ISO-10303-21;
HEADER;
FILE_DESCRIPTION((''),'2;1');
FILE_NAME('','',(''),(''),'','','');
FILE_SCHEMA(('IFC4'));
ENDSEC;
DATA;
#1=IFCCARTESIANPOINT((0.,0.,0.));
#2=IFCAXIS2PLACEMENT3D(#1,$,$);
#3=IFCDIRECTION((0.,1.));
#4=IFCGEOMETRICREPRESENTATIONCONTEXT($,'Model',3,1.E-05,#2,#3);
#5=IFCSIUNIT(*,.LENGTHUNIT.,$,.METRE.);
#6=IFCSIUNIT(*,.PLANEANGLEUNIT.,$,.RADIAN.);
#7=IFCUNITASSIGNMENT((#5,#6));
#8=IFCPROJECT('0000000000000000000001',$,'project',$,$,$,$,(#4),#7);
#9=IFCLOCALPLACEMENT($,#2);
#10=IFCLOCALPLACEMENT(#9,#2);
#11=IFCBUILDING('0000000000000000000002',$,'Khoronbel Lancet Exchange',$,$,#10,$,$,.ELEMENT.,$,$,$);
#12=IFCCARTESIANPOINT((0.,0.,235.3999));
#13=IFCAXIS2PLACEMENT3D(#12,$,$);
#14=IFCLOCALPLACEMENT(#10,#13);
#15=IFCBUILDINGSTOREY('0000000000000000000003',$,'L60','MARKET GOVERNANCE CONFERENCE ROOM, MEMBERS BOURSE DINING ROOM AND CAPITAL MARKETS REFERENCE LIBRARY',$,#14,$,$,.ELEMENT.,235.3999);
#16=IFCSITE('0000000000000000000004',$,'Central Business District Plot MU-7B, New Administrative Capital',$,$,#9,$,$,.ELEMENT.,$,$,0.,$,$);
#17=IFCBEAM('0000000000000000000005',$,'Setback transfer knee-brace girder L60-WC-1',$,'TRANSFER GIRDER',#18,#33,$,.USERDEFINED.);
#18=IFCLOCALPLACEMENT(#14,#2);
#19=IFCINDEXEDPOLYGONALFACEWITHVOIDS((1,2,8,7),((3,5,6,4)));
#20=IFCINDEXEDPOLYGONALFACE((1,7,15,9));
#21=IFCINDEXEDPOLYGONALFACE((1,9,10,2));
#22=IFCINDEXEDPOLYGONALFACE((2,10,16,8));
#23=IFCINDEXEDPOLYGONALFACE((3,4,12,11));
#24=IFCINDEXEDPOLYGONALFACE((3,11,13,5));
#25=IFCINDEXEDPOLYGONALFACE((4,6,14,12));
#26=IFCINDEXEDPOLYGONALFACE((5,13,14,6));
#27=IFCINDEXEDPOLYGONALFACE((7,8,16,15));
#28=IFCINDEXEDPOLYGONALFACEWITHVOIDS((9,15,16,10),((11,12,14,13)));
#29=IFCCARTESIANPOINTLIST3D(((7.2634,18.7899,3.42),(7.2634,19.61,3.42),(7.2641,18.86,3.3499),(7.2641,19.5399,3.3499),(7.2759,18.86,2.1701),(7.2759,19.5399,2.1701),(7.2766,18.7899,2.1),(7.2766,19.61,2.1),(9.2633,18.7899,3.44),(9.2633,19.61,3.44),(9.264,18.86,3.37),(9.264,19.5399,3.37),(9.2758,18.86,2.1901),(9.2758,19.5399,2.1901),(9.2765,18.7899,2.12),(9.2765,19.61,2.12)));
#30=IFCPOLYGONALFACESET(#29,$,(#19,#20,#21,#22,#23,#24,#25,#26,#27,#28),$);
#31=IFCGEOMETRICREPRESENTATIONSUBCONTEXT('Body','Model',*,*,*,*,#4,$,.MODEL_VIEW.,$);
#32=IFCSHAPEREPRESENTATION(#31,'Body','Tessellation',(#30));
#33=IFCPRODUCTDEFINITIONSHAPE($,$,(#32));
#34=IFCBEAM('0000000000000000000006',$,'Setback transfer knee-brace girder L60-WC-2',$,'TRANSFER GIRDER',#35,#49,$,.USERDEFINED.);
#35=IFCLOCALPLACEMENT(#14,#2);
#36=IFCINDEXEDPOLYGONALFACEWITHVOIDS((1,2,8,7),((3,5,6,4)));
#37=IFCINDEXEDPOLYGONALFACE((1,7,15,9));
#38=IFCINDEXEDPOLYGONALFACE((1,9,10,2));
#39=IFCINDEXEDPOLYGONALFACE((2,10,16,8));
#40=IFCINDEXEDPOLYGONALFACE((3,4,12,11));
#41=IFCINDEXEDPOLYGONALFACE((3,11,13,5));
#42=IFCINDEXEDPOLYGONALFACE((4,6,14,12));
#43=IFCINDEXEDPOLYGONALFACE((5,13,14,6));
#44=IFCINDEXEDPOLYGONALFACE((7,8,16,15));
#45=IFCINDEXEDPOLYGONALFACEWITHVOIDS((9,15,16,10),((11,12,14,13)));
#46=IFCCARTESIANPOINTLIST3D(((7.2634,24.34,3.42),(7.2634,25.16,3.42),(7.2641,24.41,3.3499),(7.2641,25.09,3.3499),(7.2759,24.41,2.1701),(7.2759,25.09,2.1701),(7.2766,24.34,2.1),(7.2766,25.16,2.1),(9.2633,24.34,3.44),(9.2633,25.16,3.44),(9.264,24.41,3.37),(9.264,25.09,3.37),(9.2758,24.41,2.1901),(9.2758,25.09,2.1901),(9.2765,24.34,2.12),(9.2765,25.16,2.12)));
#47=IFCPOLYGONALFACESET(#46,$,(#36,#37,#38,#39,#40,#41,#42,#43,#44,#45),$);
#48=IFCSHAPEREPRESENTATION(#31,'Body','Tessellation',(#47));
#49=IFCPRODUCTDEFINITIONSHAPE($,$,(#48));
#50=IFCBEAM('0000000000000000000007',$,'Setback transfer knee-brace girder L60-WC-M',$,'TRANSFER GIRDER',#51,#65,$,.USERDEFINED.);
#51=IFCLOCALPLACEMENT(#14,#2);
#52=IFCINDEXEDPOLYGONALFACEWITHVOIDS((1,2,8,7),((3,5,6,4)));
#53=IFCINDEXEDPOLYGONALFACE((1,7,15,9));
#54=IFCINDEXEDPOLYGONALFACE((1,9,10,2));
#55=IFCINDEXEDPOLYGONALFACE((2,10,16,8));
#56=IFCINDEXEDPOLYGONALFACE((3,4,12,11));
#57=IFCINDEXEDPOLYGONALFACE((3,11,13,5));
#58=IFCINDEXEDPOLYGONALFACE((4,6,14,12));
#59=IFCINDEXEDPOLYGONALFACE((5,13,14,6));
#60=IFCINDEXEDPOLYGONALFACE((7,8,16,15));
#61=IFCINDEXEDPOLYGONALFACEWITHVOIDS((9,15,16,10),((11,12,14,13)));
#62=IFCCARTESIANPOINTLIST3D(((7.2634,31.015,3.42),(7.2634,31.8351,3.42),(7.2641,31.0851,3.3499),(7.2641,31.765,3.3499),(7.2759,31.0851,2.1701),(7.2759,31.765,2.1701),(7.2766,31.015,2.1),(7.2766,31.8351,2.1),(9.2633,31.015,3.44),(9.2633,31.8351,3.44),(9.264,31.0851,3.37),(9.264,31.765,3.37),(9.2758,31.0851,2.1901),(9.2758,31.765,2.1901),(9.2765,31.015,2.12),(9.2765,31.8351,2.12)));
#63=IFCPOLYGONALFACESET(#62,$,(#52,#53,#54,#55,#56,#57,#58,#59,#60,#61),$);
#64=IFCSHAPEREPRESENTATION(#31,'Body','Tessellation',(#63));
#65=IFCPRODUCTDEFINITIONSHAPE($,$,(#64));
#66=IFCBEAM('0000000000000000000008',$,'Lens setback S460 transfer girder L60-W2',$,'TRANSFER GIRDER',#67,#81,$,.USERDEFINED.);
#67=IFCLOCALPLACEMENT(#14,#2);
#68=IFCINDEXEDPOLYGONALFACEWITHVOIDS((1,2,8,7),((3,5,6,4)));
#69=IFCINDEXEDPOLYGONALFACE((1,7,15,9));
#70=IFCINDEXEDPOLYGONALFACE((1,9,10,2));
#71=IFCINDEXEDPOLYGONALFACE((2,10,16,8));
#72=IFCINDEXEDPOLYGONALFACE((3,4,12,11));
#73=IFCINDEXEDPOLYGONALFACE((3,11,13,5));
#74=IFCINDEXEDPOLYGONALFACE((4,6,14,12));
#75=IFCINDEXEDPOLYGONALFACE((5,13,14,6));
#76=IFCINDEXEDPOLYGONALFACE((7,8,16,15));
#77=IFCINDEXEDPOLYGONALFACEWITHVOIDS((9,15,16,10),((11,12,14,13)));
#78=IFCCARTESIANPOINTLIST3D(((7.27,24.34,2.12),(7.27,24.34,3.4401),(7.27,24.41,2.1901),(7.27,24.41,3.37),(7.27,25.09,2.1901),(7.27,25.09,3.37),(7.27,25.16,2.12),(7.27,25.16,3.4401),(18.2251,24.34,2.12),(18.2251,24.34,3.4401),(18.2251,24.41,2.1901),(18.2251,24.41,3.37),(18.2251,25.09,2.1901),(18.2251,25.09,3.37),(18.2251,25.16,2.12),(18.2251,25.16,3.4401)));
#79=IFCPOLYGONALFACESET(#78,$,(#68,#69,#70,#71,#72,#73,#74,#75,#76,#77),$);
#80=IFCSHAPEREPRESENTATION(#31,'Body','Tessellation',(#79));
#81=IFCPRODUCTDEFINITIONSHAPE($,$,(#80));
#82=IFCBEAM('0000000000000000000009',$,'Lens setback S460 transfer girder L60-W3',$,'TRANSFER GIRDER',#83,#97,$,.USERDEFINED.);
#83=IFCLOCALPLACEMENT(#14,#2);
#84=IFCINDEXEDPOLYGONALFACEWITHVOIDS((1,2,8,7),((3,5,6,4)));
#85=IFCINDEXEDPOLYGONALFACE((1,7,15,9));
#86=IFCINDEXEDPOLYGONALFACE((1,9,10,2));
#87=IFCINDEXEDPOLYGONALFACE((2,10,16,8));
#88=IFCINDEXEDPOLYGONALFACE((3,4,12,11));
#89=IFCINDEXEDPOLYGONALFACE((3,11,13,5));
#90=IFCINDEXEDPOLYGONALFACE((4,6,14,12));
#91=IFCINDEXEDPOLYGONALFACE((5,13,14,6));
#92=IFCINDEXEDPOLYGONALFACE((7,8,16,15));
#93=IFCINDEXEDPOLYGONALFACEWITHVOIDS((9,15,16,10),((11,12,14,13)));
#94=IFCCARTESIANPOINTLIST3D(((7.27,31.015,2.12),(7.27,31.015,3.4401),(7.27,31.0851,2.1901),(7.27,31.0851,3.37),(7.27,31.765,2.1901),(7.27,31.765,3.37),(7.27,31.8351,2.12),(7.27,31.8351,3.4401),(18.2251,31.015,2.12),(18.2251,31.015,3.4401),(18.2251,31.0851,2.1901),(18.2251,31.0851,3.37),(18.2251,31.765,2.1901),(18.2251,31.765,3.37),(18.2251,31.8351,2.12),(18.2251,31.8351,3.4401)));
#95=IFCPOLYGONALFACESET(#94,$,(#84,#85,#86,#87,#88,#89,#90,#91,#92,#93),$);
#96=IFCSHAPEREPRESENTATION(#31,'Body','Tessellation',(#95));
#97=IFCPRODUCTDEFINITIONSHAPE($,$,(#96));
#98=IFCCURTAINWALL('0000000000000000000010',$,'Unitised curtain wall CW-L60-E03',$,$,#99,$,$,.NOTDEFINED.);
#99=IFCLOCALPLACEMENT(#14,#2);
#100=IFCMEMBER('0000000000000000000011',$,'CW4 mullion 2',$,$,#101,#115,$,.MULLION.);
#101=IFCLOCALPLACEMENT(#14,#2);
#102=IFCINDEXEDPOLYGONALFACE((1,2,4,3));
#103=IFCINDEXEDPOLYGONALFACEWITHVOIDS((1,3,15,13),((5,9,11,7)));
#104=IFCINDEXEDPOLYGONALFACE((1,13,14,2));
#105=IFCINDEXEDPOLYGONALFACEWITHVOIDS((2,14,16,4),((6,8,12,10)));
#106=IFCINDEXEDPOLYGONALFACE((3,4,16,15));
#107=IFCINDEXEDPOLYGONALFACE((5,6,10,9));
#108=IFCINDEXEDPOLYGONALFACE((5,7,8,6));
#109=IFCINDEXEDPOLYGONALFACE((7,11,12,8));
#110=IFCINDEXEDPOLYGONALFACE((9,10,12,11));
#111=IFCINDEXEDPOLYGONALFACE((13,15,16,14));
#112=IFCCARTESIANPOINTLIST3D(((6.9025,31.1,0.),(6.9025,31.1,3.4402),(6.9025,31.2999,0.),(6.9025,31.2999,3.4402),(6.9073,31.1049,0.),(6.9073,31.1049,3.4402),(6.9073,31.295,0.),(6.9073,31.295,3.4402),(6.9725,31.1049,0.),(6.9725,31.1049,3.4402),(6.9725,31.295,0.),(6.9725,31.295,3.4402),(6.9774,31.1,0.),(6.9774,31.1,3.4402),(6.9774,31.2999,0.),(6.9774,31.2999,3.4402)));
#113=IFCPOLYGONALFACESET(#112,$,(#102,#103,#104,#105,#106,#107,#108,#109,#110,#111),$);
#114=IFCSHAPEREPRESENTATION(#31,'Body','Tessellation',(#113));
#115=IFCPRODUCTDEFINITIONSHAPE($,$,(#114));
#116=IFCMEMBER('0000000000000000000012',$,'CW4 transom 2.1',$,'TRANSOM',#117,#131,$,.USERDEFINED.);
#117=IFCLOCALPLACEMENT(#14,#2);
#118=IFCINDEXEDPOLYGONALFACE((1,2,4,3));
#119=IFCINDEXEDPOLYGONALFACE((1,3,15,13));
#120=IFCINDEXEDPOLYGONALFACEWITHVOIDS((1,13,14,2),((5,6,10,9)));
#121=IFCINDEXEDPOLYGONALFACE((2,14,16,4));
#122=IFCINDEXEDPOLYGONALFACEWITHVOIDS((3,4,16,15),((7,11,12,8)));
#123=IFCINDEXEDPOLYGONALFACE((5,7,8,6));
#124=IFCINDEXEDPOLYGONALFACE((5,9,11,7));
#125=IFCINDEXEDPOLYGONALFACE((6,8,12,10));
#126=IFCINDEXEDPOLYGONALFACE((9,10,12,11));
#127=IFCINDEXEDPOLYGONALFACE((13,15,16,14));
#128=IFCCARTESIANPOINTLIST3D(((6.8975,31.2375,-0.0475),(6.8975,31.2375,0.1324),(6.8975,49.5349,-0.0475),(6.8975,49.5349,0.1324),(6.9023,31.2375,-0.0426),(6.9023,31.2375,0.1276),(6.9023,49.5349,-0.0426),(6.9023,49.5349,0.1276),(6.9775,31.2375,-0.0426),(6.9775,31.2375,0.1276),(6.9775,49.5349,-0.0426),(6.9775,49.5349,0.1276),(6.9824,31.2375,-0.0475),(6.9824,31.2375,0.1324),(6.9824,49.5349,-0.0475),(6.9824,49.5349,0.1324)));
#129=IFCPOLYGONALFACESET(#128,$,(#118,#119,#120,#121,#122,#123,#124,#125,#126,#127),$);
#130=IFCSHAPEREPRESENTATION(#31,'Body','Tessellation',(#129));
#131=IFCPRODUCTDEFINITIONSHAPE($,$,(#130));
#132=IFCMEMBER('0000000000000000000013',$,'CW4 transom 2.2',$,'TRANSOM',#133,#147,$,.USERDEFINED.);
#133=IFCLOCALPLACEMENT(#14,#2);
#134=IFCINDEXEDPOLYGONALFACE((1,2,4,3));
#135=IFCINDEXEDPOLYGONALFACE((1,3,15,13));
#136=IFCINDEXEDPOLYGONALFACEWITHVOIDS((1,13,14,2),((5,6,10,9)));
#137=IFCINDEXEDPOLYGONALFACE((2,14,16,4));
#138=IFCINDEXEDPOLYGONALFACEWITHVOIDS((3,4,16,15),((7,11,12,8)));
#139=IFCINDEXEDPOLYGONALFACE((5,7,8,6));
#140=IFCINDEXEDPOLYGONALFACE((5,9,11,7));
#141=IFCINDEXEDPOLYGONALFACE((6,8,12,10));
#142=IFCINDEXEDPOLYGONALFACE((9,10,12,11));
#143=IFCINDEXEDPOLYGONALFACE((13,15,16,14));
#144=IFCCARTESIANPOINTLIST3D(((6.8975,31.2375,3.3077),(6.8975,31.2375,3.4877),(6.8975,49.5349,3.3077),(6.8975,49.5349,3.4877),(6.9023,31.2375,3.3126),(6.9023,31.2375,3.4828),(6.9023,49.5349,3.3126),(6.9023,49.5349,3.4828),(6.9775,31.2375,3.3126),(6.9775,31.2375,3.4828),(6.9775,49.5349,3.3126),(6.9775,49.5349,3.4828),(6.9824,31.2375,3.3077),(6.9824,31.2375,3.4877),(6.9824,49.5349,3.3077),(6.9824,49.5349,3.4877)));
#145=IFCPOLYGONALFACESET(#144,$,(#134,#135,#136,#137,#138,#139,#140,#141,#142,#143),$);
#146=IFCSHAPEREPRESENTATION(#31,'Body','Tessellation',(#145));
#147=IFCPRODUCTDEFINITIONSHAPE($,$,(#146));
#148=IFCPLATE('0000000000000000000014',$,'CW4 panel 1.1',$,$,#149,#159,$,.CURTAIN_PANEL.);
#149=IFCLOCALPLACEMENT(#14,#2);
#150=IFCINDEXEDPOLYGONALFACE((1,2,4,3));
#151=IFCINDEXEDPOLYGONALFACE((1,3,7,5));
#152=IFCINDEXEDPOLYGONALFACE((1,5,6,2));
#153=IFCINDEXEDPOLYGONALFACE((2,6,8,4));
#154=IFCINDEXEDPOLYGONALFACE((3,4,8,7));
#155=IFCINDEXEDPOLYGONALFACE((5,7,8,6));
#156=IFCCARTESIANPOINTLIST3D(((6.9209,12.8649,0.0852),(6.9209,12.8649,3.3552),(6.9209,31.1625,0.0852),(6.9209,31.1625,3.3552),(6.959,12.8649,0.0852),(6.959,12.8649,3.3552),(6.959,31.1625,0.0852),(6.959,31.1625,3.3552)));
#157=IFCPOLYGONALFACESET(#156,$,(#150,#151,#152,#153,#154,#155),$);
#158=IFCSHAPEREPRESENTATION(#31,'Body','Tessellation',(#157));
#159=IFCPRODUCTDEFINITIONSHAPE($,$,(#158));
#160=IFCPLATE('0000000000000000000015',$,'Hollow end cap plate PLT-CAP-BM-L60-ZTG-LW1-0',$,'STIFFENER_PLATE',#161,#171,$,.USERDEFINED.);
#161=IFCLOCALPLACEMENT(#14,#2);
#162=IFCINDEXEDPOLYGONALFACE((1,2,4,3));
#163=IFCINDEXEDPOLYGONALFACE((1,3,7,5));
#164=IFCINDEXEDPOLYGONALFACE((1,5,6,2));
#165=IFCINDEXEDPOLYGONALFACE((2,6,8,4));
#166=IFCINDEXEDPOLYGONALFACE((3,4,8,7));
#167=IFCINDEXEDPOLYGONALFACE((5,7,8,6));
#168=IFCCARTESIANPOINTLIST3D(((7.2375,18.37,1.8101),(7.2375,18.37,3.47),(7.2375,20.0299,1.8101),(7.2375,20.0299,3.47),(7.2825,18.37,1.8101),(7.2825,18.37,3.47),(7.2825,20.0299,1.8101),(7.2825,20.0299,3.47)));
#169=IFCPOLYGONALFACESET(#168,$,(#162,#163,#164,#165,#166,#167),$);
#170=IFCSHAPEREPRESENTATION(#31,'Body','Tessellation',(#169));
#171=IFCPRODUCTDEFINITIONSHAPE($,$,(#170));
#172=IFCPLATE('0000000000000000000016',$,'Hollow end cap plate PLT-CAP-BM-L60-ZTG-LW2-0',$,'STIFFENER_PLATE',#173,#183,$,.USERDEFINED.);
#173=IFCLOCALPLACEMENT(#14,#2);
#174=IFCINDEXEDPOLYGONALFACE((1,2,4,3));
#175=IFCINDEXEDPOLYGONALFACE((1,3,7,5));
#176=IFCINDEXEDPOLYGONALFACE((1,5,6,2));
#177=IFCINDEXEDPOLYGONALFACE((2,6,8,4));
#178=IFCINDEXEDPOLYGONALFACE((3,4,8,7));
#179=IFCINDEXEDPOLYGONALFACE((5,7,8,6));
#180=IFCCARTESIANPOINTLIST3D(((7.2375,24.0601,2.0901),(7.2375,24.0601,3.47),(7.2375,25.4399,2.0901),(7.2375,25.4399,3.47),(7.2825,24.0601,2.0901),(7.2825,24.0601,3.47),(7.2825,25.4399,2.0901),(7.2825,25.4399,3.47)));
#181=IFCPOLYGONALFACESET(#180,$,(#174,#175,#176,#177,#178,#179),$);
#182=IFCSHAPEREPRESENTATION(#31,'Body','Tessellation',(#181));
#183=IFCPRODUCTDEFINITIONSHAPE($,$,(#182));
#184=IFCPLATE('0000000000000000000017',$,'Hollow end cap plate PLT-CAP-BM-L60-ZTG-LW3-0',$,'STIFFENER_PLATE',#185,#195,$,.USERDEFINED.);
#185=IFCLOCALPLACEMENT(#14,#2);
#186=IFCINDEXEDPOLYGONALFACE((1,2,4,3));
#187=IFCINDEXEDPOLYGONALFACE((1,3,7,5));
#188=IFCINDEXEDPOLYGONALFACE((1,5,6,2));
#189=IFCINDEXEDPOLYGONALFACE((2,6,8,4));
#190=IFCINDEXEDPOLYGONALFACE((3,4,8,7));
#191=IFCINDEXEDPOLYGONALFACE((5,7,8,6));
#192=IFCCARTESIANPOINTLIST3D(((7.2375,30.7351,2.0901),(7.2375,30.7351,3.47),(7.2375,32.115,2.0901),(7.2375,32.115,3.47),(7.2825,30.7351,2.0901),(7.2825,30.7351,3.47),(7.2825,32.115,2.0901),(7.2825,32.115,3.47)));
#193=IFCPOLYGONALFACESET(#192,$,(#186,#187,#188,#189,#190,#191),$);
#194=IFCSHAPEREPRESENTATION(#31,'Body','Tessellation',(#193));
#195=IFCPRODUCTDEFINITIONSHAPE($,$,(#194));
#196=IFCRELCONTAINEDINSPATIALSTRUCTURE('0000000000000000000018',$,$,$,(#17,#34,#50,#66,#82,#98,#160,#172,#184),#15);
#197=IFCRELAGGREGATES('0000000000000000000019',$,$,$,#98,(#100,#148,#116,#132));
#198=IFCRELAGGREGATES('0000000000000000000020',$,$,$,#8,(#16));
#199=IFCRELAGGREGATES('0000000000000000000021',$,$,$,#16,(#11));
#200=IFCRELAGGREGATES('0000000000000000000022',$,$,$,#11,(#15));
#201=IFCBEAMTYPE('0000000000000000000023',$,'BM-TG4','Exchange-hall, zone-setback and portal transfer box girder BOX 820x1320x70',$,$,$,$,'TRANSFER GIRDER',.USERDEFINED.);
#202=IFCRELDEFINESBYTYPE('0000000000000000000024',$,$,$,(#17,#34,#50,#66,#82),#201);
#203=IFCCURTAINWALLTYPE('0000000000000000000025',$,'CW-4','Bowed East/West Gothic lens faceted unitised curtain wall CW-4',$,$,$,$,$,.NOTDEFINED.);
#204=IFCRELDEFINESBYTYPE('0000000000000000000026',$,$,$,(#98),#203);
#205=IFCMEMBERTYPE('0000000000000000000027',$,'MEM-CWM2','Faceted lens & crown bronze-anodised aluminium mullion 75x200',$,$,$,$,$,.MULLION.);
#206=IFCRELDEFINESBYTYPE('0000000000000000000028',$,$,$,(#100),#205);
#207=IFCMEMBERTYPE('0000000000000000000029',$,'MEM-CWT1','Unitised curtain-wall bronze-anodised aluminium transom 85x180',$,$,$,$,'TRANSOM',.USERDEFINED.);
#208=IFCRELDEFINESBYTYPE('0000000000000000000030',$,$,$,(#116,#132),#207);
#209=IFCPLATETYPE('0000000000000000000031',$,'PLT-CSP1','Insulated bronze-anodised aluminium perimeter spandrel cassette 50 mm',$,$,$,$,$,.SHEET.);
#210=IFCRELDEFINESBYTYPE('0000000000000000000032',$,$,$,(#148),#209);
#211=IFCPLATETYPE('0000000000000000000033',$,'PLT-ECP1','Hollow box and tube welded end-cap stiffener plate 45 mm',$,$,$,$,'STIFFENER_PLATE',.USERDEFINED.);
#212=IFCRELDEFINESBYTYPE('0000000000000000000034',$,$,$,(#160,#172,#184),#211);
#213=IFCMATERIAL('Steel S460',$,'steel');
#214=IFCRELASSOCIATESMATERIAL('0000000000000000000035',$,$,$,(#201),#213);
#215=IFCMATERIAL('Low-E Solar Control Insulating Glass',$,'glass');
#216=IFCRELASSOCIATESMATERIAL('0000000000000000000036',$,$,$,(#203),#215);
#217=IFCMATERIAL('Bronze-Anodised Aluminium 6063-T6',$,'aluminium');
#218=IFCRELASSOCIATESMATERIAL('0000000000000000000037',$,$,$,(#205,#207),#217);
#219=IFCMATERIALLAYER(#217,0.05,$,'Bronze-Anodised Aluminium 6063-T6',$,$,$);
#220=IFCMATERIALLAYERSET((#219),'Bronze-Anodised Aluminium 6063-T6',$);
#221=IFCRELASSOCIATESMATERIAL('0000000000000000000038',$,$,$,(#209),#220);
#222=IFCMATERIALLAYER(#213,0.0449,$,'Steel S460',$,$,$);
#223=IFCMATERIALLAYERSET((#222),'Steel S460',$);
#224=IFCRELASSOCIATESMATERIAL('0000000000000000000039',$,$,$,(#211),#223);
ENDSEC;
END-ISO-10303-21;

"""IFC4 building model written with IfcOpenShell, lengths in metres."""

from ifc_helpers import new_model, si_unit, direction, frame, origin, origin_2d, place, context, subcontext, project, spatial, rectangle, hollow_rectangle, extrude, material, layer, layer_set, material_profile, profile_set, type_object, element, aggregate, save


model = new_model("IFC4")

# Units and contexts
model_context = context("Model", 3, precision=1e-05, world=origin(), true_north=direction((0.0, 1.0)))
body_context = subcontext(model_context, "Body", "Model", "MODEL_VIEW")
ifc_project = project(units=[si_unit("LENGTHUNIT", "METRE"), si_unit("PLANEANGLEUNIT", "RADIAN")], contexts=[model_context])

# Site, building, storey
site_placement = place(None, origin())
site = spatial("IfcSite", under=ifc_project, at=site_placement, Name="Central Business District Plot MU-7B, New Administrative Capital", CompositionType="ELEMENT", RefElevation=0.0)
building_placement = place(site_placement, origin())
building = spatial("IfcBuilding", under=site, at=building_placement, Name="Khoronbel Lancet Exchange", CompositionType="ELEMENT")
storey_placement = place(building_placement, frame((0.0, 0.0, 235.3999)))
storey = spatial("IfcBuildingStorey", under=building, at=storey_placement, Name="L60", Description="MARKET GOVERNANCE CONFERENCE ROOM, MEMBERS BOURSE DINING ROOM AND CAPITAL MARKETS REFERENCE LIBRARY", CompositionType="ELEMENT", Elevation=235.3999)

# Beams
ifc_material_1 = material(Name="Steel S460", Category="steel")
ifc_material_profile_1 = material_profile(ifc_material_1, hollow_rectangle(XDim=0.8201, YDim=1.3201, WallThickness=0.0701, at=origin_2d()), Name="BOX 820x1320x70")
ifc_profile_set_1 = profile_set([ifc_material_profile_1], Name="Steel S460")
beam_type_1 = type_object("IfcBeamType", Name="BM-TG4", Description="Exchange-hall, zone-setback and portal transfer box girder BOX 820x1320x70", ElementType="TRANSFER GIRDER", PredefinedType="USERDEFINED", material=ifc_profile_set_1)
for number, where, z_axis, x_axis, name in (
    (1, (7.27, 19.2, 2.76), (0.99995, 0.0, 0.010009), (0.0, 1.0, 0.0), "Setback transfer knee-brace girder L60-WC-1"),
    (2, (7.27, 24.75, 2.76), (0.99995, 0.0, 0.010009), (0.0, 1.0, 0.0), "Setback transfer knee-brace girder L60-WC-2"),
    (3, (7.27, 31.425, 2.76), (0.99995, 0.0, 0.010009), (0.0, 1.0, 0.0), "Setback transfer knee-brace girder L60-WC-M"),
):
    element("IfcBeam", number, at=place(storey_placement, frame(where, z_axis=z_axis, x_axis=x_axis)), inside=storey, type_object=beam_type_1, Name=name, ObjectType="TRANSFER GIRDER", PredefinedType="USERDEFINED", context=body_context, shape_type="SweptSolid", body=[
        extrude(hollow_rectangle(XDim=0.8201, YDim=1.3201, WallThickness=0.0701, at=origin_2d()), origin(), (0.0, 0.0, 1.0), 2.0),
    ])
for number, where, z_axis, x_axis, name in (
    (4, (7.27, 24.75, 2.78), (1.0, 0.0, 0.0), (0.0, 1.0, 0.0), "Lens setback S460 transfer girder L60-W2"),
    (5, (7.27, 31.425, 2.78), (1.0, 0.0, 0.0), (0.0, 1.0, 0.0), "Lens setback S460 transfer girder L60-W3"),
):
    element("IfcBeam", number, at=place(storey_placement, frame(where, z_axis=z_axis, x_axis=x_axis)), inside=storey, type_object=beam_type_1, Name=name, ObjectType="TRANSFER GIRDER", PredefinedType="USERDEFINED", context=body_context, shape_type="SweptSolid", body=[
        extrude(hollow_rectangle(XDim=0.8201, YDim=1.3201, WallThickness=0.0701, at=origin_2d()), origin(), (0.0, 0.0, 1.0), 10.9551),
    ])

# Curtain wall, members, plate
ifc_material_2 = material(Name="Low-E Solar Control Insulating Glass", Category="glass")
curtain_wall_type = type_object("IfcCurtainWallType", Name="CW-4", Description="Bowed East/West Gothic lens faceted unitised curtain wall CW-4", PredefinedType="NOTDEFINED", material=ifc_material_2)
curtain_wall_placement = place(storey_placement, origin())
curtain_wall = element("IfcCurtainWall", 6, at=curtain_wall_placement, inside=storey, type_object=curtain_wall_type, Name="Unitised curtain wall CW-L60-E03", PredefinedType="NOTDEFINED")
ifc_material_3 = material(Name="Bronze-Anodised Aluminium 6063-T6", Category="aluminium")
ifc_material_profile_2 = material_profile(ifc_material_3, hollow_rectangle(XDim=0.075, YDim=0.2, WallThickness=0.0049, at=origin_2d()), Name="ALU MULLION 75x200")
ifc_profile_set_2 = profile_set([ifc_material_profile_2], Name="Bronze-Anodised Aluminium 6063-T6")
member_type_1 = type_object("IfcMemberType", Name="MEM-CWM2", Description="Faceted lens & crown bronze-anodised aluminium mullion 75x200", PredefinedType="MULLION", material=ifc_profile_set_2)
member_1_placement = place(storey_placement, frame((6.9399, 31.2, 0.0), z_axis=(0.0, 0.0, 1.0), x_axis=(-1.0, 0.0, 0.0)))
member_1 = element("IfcMember", 7, at=member_1_placement, type_object=member_type_1, Name="CW4 mullion 2", PredefinedType="MULLION", context=body_context, shape_type="SweptSolid", body=[
    extrude(hollow_rectangle(XDim=0.075, YDim=0.2, WallThickness=0.0049, at=origin_2d()), origin(), (0.0, 0.0, 1.0), 3.4402),
])
ifc_material_profile_3 = material_profile(ifc_material_3, hollow_rectangle(XDim=0.085, YDim=0.1799, WallThickness=0.0049, at=origin_2d()), Name="ALU TRANSOM 85x180")
ifc_profile_set_3 = profile_set([ifc_material_profile_3], Name="Bronze-Anodised Aluminium 6063-T6")
member_type_2 = type_object("IfcMemberType", Name="MEM-CWT1", Description="Unitised curtain-wall bronze-anodised aluminium transom 85x180", ElementType="TRANSOM", PredefinedType="USERDEFINED", material=ifc_profile_set_3)
member_2_placement = place(storey_placement, frame((6.9399, 31.2375, 0.0425), z_axis=(0.0, 1.0, 0.0), x_axis=(-1.0, 0.0, 0.0)))
member_2 = element("IfcMember", 8, at=member_2_placement, type_object=member_type_2, Name="CW4 transom 2.1", ObjectType="TRANSOM", PredefinedType="USERDEFINED", context=body_context, shape_type="SweptSolid", body=[
    extrude(hollow_rectangle(XDim=0.085, YDim=0.1799, WallThickness=0.0049, at=origin_2d()), origin(), (0.0, 0.0, 1.0), 18.2974),
])
member_3_placement = place(storey_placement, frame((6.9399, 31.2375, 3.3977), z_axis=(0.0, 1.0, 0.0), x_axis=(-1.0, 0.0, 0.0)))
member_3 = element("IfcMember", 9, at=member_3_placement, type_object=member_type_2, Name="CW4 transom 2.2", ObjectType="TRANSOM", PredefinedType="USERDEFINED", context=body_context, shape_type="SweptSolid", body=[
    extrude(hollow_rectangle(XDim=0.085, YDim=0.1799, WallThickness=0.0049, at=origin_2d()), origin(), (0.0, 0.0, 1.0), 18.2974),
])
ifc_layer_1 = layer(ifc_material_3, 0.05, Name="Bronze-Anodised Aluminium 6063-T6")
ifc_layer_set_1 = layer_set([ifc_layer_1], Name="Bronze-Anodised Aluminium 6063-T6")
plate_type_1 = type_object("IfcPlateType", Name="PLT-CSP1", Description="Insulated bronze-anodised aluminium perimeter spandrel cassette 50 mm", PredefinedType="SHEET", material=ifc_layer_set_1)
plate_1_placement = place(storey_placement, frame((6.9399, 22.0137, 0.0852), z_axis=(0.0, 0.0, 1.0), x_axis=(0.0, 1.0, 0.0)))
plate_1 = element("IfcPlate", 10, at=plate_1_placement, type_object=plate_type_1, Name="CW4 panel 1.1", PredefinedType="CURTAIN_PANEL", context=body_context, shape_type="SweptSolid", body=[
    extrude(rectangle(XDim=18.2976, YDim=0.0381, at=origin_2d()), origin(), (0.0, 0.0, 1.0), 3.27),
])
aggregate(curtain_wall, [member_1, plate_1, member_2, member_3])

# Plates
ifc_layer_2 = layer(ifc_material_1, 0.0449, Name="Steel S460")
ifc_layer_set_2 = layer_set([ifc_layer_2], Name="Steel S460")
plate_type_2 = type_object("IfcPlateType", Name="PLT-ECP1", Description="Hollow box and tube welded end-cap stiffener plate 45 mm", ElementType="STIFFENER_PLATE", PredefinedType="USERDEFINED", material=ifc_layer_set_2)
plate_2_placement = place(storey_placement, frame((7.26, 19.2, 1.8101), z_axis=(0.0, 0.0, 1.0), x_axis=(-1.0, 0.0, 0.0)))
element("IfcPlate", 11, at=plate_2_placement, inside=storey, type_object=plate_type_2, Name="Hollow end cap plate PLT-CAP-BM-L60-ZTG-LW1-0", ObjectType="STIFFENER_PLATE", PredefinedType="USERDEFINED", context=body_context, shape_type="SweptSolid", body=[
    extrude(rectangle(XDim=0.0449, YDim=1.6599, at=origin_2d()), origin(), (0.0, 0.0, 1.0), 1.6599),
])
for number, where, z_axis, x_axis, name in (
    (12, (7.26, 24.75, 2.0901), (0.0, 0.0, 1.0), (-1.0, 0.0, 0.0), "Hollow end cap plate PLT-CAP-BM-L60-ZTG-LW2-0"),
    (13, (7.26, 31.425, 2.0901), (0.0, 0.0, 1.0), (-1.0, 0.0, 0.0), "Hollow end cap plate PLT-CAP-BM-L60-ZTG-LW3-0"),
):
    element("IfcPlate", number, at=place(storey_placement, frame(where, z_axis=z_axis, x_axis=x_axis)), inside=storey, type_object=plate_type_2, Name=name, ObjectType="STIFFENER_PLATE", PredefinedType="USERDEFINED", context=body_context, shape_type="SweptSolid", body=[
        extrude(rectangle(XDim=0.0449, YDim=1.3799, at=origin_2d()), origin(), (0.0, 0.0, 1.0), 1.3799),
    ])

save(model, "model.ifc")
